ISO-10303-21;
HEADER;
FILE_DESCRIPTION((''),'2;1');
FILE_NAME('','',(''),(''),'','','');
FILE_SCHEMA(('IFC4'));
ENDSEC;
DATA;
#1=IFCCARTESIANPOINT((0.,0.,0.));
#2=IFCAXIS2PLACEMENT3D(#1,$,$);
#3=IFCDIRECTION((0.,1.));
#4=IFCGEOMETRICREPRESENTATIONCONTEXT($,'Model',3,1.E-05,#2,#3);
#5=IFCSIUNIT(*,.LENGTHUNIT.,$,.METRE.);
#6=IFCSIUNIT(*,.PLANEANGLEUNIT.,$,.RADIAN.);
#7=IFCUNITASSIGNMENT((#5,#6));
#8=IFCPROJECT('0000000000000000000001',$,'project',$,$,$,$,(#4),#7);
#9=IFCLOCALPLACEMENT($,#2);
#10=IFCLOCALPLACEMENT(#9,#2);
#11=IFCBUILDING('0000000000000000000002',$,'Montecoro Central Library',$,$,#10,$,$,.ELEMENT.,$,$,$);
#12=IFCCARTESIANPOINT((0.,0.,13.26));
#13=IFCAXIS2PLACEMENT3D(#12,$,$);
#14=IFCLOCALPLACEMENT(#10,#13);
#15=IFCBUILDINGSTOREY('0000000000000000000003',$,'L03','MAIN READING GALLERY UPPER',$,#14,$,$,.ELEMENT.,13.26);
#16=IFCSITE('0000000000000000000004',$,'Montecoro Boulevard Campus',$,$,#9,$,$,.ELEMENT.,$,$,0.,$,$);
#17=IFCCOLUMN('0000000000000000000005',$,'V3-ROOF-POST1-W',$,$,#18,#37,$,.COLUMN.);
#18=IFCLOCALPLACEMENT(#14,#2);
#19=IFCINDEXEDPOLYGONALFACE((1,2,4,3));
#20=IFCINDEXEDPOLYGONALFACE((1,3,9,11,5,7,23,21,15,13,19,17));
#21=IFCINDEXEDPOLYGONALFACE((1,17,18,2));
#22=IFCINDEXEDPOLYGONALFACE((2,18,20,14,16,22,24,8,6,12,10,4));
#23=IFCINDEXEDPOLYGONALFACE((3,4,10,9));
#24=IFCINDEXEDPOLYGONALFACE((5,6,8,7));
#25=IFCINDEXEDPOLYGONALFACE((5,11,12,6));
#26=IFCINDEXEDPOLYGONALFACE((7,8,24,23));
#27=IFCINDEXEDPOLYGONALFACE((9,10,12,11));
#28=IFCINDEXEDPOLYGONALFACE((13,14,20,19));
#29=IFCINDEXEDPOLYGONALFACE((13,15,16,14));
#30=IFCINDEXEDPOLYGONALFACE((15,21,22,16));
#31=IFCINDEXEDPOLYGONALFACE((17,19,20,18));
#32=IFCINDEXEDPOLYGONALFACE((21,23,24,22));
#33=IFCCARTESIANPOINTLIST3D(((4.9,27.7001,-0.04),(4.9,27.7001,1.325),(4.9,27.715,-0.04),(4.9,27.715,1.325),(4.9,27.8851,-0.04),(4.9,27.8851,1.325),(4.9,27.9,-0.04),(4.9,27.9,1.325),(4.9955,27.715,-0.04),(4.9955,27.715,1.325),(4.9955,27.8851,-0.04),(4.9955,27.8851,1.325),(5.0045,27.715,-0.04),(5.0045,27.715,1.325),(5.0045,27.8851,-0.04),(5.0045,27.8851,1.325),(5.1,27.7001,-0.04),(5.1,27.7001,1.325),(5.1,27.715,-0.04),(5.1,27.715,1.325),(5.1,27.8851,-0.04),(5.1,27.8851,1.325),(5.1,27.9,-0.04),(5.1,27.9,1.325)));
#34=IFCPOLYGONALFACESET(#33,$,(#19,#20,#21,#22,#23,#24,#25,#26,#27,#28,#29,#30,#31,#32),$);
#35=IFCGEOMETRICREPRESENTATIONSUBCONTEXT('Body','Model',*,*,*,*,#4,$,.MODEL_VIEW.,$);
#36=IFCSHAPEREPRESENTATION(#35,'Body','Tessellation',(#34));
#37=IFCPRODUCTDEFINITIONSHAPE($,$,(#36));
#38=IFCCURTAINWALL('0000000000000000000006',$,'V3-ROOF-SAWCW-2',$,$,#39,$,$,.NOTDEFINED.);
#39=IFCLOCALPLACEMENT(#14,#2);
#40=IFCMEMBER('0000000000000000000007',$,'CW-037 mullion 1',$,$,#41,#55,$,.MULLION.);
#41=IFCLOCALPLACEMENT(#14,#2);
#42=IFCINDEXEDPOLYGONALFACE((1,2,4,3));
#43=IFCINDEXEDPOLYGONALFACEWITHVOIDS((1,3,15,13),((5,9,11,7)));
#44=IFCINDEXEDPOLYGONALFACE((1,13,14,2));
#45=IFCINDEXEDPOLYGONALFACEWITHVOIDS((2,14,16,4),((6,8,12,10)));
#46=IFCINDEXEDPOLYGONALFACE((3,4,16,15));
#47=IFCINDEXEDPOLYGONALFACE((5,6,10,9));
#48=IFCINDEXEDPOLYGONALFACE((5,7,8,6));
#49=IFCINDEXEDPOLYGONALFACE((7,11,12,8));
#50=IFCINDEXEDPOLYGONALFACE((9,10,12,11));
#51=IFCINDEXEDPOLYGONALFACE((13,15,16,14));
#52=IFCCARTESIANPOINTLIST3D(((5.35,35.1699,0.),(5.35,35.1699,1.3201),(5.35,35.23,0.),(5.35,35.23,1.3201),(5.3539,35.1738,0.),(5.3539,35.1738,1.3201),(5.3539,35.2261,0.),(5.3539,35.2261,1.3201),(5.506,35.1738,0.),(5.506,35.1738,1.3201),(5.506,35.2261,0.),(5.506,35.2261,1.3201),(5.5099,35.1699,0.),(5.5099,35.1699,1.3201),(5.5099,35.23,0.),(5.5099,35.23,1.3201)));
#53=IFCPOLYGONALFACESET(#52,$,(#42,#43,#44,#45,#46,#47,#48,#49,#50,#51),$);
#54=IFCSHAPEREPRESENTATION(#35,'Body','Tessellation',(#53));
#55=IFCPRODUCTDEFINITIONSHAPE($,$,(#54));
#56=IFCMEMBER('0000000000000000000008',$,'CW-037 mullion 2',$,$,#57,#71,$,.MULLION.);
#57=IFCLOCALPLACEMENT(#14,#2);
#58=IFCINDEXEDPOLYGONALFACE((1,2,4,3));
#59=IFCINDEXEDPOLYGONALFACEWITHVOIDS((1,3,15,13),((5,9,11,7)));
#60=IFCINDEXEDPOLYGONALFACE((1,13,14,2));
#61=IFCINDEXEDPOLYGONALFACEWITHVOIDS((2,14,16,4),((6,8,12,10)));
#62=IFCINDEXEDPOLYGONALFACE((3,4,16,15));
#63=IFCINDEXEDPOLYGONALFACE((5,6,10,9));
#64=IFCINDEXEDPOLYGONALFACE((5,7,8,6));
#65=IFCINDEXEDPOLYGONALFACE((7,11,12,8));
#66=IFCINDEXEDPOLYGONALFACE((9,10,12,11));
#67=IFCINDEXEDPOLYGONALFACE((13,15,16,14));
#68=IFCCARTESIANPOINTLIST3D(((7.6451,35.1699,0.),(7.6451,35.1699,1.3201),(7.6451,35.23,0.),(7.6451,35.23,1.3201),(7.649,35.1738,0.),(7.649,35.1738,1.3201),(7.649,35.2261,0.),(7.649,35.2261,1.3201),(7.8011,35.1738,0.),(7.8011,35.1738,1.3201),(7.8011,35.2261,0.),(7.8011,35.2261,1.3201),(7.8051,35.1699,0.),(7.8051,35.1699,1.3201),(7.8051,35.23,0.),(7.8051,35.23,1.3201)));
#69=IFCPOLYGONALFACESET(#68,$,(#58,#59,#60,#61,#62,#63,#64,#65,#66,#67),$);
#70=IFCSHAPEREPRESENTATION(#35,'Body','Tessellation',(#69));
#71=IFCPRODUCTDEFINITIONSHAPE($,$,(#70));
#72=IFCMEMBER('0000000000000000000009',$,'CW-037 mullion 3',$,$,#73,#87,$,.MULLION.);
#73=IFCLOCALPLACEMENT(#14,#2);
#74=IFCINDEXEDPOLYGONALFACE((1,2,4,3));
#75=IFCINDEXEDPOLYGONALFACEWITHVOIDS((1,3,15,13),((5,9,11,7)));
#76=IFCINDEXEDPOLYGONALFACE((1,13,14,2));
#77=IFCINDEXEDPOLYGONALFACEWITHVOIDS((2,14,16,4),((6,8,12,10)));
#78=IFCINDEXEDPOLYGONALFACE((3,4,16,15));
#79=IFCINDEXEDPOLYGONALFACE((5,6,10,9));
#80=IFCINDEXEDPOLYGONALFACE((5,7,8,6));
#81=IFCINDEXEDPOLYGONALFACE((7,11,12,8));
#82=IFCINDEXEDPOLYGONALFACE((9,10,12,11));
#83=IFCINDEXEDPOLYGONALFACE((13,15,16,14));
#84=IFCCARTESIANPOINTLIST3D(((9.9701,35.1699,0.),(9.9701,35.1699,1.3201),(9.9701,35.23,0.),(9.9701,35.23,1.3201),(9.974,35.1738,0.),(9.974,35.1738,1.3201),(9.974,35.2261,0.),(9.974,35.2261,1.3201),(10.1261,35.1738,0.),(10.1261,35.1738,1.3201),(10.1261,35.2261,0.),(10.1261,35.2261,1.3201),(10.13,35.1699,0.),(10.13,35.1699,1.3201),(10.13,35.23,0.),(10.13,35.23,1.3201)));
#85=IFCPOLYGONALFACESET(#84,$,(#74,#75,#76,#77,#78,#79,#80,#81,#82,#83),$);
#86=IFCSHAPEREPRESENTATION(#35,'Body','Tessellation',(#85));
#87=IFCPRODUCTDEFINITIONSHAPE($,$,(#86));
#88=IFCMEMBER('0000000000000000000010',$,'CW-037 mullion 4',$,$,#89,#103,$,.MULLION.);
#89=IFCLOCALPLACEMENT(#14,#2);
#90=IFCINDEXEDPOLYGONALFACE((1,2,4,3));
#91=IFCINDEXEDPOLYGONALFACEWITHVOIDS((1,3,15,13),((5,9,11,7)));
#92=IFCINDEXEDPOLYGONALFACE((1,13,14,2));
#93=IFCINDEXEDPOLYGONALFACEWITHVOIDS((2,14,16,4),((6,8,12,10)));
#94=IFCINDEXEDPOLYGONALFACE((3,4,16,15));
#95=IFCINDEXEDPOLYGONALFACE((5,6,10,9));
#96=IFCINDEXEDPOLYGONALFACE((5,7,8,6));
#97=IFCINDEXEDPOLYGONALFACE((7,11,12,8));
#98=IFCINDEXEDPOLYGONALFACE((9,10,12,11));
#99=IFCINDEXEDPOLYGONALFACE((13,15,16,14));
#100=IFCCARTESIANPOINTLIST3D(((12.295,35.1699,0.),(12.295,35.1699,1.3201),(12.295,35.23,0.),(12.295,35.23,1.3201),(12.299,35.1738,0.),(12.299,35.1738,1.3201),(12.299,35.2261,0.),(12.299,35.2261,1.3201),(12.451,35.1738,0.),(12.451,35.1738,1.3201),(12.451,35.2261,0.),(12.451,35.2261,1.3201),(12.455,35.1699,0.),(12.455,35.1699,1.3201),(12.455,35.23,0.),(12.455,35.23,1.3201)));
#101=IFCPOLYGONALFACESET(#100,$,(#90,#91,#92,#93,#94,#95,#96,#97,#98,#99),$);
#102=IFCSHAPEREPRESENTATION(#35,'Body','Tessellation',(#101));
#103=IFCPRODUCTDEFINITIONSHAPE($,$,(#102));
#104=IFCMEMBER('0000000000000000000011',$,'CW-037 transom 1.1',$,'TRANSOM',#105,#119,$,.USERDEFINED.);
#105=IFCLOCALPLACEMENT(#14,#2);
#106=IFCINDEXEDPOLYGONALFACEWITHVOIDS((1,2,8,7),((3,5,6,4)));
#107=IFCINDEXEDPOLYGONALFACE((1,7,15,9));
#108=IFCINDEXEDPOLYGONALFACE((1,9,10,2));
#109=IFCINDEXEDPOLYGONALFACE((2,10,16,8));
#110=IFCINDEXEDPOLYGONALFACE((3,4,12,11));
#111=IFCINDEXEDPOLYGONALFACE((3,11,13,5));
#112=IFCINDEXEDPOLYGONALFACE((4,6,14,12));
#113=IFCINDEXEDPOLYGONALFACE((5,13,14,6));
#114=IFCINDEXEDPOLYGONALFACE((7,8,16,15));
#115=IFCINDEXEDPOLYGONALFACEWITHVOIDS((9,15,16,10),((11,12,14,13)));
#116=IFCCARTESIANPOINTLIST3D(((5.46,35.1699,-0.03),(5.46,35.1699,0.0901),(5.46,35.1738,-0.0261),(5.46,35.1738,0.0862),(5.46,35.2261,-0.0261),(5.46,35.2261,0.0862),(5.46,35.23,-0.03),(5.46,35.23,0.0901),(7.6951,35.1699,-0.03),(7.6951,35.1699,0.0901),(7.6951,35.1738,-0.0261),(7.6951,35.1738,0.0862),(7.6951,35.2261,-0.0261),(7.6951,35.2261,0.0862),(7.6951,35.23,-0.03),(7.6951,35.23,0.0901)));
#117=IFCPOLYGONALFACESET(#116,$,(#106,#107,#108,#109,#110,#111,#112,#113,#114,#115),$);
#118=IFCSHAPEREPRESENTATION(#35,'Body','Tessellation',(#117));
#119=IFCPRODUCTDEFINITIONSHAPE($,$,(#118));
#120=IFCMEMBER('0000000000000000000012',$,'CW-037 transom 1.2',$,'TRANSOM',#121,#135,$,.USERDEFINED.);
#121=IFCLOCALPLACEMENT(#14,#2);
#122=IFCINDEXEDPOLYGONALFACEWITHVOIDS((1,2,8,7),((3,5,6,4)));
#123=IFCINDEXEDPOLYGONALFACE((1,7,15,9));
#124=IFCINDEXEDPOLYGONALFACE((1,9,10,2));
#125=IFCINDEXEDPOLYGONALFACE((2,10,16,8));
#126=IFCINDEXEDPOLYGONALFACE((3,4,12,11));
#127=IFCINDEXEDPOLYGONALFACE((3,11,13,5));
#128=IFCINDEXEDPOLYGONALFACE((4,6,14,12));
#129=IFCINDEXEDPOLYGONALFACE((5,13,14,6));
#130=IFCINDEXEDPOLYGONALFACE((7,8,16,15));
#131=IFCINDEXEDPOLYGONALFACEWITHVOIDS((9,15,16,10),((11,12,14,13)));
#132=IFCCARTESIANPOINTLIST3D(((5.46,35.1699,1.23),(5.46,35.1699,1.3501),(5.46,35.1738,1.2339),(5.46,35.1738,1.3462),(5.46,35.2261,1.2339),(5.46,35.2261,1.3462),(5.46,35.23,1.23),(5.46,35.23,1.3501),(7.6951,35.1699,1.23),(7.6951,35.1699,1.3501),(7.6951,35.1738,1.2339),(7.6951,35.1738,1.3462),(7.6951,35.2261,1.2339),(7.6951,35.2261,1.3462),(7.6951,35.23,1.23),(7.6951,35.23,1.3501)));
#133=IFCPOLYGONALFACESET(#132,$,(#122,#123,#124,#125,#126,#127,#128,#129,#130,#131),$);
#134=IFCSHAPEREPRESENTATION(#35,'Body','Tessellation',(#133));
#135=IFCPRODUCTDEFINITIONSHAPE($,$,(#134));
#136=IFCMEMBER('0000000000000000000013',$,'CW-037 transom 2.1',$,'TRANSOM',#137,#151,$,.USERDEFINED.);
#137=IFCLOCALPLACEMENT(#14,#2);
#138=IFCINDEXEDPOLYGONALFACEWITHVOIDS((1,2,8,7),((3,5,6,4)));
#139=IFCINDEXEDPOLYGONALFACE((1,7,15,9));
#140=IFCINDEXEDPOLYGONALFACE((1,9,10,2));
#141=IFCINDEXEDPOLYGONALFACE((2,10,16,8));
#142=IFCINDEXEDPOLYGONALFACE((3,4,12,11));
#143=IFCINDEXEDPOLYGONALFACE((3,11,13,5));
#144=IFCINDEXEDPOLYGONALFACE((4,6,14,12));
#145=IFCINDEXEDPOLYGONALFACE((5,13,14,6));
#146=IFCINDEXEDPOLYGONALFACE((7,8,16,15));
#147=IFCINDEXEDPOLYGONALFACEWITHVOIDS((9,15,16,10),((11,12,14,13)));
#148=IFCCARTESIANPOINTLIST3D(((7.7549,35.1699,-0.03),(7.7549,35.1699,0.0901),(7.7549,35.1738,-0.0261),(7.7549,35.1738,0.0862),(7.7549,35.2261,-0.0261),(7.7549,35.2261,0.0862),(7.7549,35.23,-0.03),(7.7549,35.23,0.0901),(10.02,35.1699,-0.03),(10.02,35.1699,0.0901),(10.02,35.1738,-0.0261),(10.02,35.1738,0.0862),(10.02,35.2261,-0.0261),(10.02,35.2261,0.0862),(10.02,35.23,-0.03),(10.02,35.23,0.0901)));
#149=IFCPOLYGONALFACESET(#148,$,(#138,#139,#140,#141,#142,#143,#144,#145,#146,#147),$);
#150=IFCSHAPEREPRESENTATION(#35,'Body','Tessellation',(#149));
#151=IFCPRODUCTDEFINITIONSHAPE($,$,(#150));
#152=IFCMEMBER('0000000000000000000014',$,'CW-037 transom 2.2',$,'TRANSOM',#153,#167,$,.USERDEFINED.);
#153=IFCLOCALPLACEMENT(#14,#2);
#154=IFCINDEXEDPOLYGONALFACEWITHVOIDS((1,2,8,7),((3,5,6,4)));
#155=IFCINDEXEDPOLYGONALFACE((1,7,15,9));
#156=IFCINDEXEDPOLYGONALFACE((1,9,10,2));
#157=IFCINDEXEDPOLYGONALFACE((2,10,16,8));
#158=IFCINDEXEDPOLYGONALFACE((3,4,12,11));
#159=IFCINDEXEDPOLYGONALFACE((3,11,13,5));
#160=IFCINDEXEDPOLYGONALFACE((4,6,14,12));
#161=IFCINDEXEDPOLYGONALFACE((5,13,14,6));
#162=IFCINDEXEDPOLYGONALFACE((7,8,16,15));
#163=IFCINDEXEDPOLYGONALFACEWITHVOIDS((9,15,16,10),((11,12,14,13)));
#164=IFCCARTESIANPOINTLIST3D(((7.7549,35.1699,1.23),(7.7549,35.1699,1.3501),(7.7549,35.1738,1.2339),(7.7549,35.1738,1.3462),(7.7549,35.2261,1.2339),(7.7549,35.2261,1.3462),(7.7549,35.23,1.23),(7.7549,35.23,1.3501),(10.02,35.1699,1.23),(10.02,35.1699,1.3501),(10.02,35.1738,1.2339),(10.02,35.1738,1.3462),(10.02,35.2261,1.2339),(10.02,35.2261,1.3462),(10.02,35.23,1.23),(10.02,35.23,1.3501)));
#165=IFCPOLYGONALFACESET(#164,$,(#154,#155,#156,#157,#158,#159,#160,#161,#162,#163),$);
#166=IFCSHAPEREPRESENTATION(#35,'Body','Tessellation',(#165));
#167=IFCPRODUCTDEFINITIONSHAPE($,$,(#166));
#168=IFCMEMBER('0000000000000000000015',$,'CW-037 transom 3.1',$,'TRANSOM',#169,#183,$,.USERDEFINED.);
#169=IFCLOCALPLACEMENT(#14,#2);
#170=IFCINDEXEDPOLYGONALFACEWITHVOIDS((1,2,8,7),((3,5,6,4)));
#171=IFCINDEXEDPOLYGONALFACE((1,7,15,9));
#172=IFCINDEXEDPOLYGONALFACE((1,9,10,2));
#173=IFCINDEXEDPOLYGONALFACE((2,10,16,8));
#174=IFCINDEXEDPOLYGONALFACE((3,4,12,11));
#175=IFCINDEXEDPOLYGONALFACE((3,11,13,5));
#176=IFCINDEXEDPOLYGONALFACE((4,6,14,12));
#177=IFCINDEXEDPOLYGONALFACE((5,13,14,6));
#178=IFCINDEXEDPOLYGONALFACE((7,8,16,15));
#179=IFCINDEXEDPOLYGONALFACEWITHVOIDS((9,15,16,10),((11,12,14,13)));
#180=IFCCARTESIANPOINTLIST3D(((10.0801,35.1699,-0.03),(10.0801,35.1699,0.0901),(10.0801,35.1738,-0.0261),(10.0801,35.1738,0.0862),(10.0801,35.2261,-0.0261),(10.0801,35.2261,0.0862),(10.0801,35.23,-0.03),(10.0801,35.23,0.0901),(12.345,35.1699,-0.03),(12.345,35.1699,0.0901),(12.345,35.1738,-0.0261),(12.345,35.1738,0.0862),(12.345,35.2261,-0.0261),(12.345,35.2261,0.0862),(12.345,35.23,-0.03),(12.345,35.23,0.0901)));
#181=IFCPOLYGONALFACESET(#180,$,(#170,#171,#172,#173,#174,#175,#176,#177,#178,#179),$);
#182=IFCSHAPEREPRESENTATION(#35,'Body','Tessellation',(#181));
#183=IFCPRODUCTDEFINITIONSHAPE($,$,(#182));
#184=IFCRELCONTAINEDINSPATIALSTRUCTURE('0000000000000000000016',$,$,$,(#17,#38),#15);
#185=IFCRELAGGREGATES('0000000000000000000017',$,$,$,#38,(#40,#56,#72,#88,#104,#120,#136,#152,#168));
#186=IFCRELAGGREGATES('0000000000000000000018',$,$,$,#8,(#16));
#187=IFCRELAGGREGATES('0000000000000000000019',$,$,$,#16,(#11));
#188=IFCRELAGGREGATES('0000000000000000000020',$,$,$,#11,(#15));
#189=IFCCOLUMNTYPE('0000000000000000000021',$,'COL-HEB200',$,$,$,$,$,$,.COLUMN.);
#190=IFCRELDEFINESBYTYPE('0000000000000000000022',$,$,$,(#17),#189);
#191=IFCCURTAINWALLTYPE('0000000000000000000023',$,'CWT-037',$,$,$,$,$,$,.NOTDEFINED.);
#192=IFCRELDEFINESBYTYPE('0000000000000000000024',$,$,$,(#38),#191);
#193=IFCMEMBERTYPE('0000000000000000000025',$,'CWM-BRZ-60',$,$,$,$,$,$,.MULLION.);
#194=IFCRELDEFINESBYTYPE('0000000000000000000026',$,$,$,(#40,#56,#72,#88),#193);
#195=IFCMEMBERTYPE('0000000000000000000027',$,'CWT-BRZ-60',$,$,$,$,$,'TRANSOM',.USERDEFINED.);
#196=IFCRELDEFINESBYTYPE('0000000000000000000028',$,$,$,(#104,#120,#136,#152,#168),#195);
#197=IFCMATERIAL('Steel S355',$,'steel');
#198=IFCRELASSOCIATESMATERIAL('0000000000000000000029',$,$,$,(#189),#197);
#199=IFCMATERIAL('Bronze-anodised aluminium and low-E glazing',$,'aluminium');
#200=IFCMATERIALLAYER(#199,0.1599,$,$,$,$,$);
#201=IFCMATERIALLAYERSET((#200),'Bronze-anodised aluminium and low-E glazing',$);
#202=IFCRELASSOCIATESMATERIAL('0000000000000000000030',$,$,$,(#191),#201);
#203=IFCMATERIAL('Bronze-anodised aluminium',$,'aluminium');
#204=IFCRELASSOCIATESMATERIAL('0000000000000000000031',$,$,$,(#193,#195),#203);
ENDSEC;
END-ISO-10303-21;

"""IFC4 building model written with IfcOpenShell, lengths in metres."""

from ifc_helpers import new_model, si_unit, direction, frame, origin, origin_2d, place, context, subcontext, project, spatial, hollow_rectangle, i_section, extrude, material, layer, layer_set, material_profile, profile_set, type_object, element, aggregate, save


model = new_model("IFC4")

# Units and contexts
model_context = context("Model", 3, precision=1e-05, world=origin(), true_north=direction((0.0, 1.0)))
body_context = subcontext(model_context, "Body", "Model", "MODEL_VIEW")
ifc_project = project(units=[si_unit("LENGTHUNIT", "METRE"), si_unit("PLANEANGLEUNIT", "RADIAN")], contexts=[model_context])

# Site, building, storey
site_placement = place(None, origin())
site = spatial("IfcSite", under=ifc_project, at=site_placement, Name="Montecoro Boulevard Campus", CompositionType="ELEMENT", RefElevation=0.0)
building_placement = place(site_placement, origin())
building = spatial("IfcBuilding", under=site, at=building_placement, Name="Montecoro Central Library", CompositionType="ELEMENT")
storey_placement = place(building_placement, frame((0.0, 0.0, 13.26)))
storey = spatial("IfcBuildingStorey", under=building, at=storey_placement, Name="L03", Description="MAIN READING GALLERY UPPER", CompositionType="ELEMENT", Elevation=13.26)

# Column
ifc_material_1 = material(Name="Steel S355", Category="steel")
ifc_material_profile_1 = material_profile(ifc_material_1, i_section(OverallWidth=0.2, OverallDepth=0.2, WebThickness=0.009, FlangeThickness=0.0149, at=origin_2d()), Name="HEB 200")
ifc_profile_set_1 = profile_set([ifc_material_profile_1], Name="Steel S355")
column_type = type_object("IfcColumnType", Name="COL-HEB200", PredefinedType="COLUMN", material=ifc_profile_set_1)
column_placement = place(storey_placement, frame((5.0, 27.8, -0.04), z_axis=(0.0, 0.0, 1.0), x_axis=(1.0, 0.0, 0.0)))
element("IfcColumn", 1, at=column_placement, inside=storey, type_object=column_type, Name="V3-ROOF-POST1-W", PredefinedType="COLUMN", context=body_context, shape_type="SweptSolid", body=[
    extrude(i_section(OverallWidth=0.2, OverallDepth=0.2, WebThickness=0.009, FlangeThickness=0.0149, at=origin_2d()), origin(), (0.0, 0.0, 1.0), 1.365),
])

# Curtain wall, members
ifc_material_2 = material(Name="Bronze-anodised aluminium and low-E glazing", Category="aluminium")
ifc_layer_1 = layer(ifc_material_2, 0.1599)
ifc_layer_set_1 = layer_set([ifc_layer_1], Name="Bronze-anodised aluminium and low-E glazing")
curtain_wall_type = type_object("IfcCurtainWallType", Name="CWT-037", PredefinedType="NOTDEFINED", material=ifc_layer_set_1)
curtain_wall_placement = place(storey_placement, origin())
curtain_wall = element("IfcCurtainWall", 2, at=curtain_wall_placement, inside=storey, type_object=curtain_wall_type, Name="V3-ROOF-SAWCW-2", PredefinedType="NOTDEFINED")
ifc_material_3 = material(Name="Bronze-anodised aluminium", Category="aluminium")
ifc_material_profile_2 = material_profile(ifc_material_3, hollow_rectangle(XDim=0.0601, YDim=0.1599, WallThickness=0.0039, at=origin_2d()), Name="CWM 160x60x4.0")
ifc_profile_set_2 = profile_set([ifc_material_profile_2], Name="Bronze-anodised aluminium")
member_type_1 = type_object("IfcMemberType", Name="CWM-BRZ-60", PredefinedType="MULLION", material=ifc_profile_set_2)
member_1_placement = place(storey_placement, frame((5.4299, 35.2, 0.0), z_axis=(0.0, 0.0, 1.0), x_axis=(0.0, 1.0, 0.0)))
member_1 = element("IfcMember", 3, at=member_1_placement, type_object=member_type_1, Name="CW-037 mullion 1", PredefinedType="MULLION", context=body_context, shape_type="SweptSolid", body=[
    extrude(hollow_rectangle(XDim=0.0601, YDim=0.1599, WallThickness=0.0039, at=origin_2d()), origin(), (0.0, 0.0, 1.0), 1.3201),
])
member_2_placement = place(storey_placement, frame((7.7251, 35.2, 0.0), z_axis=(0.0, 0.0, 1.0), x_axis=(0.0, 1.0, 0.0)))
member_2 = element("IfcMember", 4, at=member_2_placement, type_object=member_type_1, Name="CW-037 mullion 2", PredefinedType="MULLION", context=body_context, shape_type="SweptSolid", body=[
    extrude(hollow_rectangle(XDim=0.0601, YDim=0.1599, WallThickness=0.0039, at=origin_2d()), origin(), (0.0, 0.0, 1.0), 1.3201),
])
member_3_placement = place(storey_placement, frame((10.05, 35.2, 0.0), z_axis=(0.0, 0.0, 1.0), x_axis=(0.0, 1.0, 0.0)))
member_3 = element("IfcMember", 5, at=member_3_placement, type_object=member_type_1, Name="CW-037 mullion 3", PredefinedType="MULLION", context=body_context, shape_type="SweptSolid", body=[
    extrude(hollow_rectangle(XDim=0.0601, YDim=0.1599, WallThickness=0.0039, at=origin_2d()), origin(), (0.0, 0.0, 1.0), 1.3201),
])
member_4_placement = place(storey_placement, frame((12.375, 35.2, 0.0), z_axis=(0.0, 0.0, 1.0), x_axis=(0.0, 1.0, 0.0)))
member_4 = element("IfcMember", 6, at=member_4_placement, type_object=member_type_1, Name="CW-037 mullion 4", PredefinedType="MULLION", context=body_context, shape_type="SweptSolid", body=[
    extrude(hollow_rectangle(XDim=0.0601, YDim=0.1599, WallThickness=0.0039, at=origin_2d()), origin(), (0.0, 0.0, 1.0), 1.3201),
])
ifc_material_profile_3 = material_profile(ifc_material_3, hollow_rectangle(XDim=0.0601, YDim=0.1201, WallThickness=0.0039, at=origin_2d()), Name="CWT 120x60x4.0")
ifc_profile_set_3 = profile_set([ifc_material_profile_3], Name="Bronze-anodised aluminium")
member_type_2 = type_object("IfcMemberType", Name="CWT-BRZ-60", ElementType="TRANSOM", PredefinedType="USERDEFINED", material=ifc_profile_set_3)
member_5_placement = place(storey_placement, frame((5.46, 35.2, 0.03), z_axis=(1.0, 0.0, 0.0), x_axis=(0.0, 1.0, 0.0)))
member_5 = element("IfcMember", 7, at=member_5_placement, type_object=member_type_2, Name="CW-037 transom 1.1", ObjectType="TRANSOM", PredefinedType="USERDEFINED", context=body_context, shape_type="SweptSolid", body=[
    extrude(hollow_rectangle(XDim=0.0601, YDim=0.1201, WallThickness=0.0039, at=origin_2d()), origin(), (0.0, 0.0, 1.0), 2.2351),
])
member_6_placement = place(storey_placement, frame((5.46, 35.2, 1.29), z_axis=(1.0, 0.0, 0.0), x_axis=(0.0, 1.0, 0.0)))
member_6 = element("IfcMember", 8, at=member_6_placement, type_object=member_type_2, Name="CW-037 transom 1.2", ObjectType="TRANSOM", PredefinedType="USERDEFINED", context=body_context, shape_type="SweptSolid", body=[
    extrude(hollow_rectangle(XDim=0.0601, YDim=0.1201, WallThickness=0.0039, at=origin_2d()), origin(), (0.0, 0.0, 1.0), 2.2351),
])
member_7_placement = place(storey_placement, frame((7.7549, 35.2, 0.03), z_axis=(1.0, 0.0, 0.0), x_axis=(0.0, 1.0, 0.0)))
member_7 = element("IfcMember", 9, at=member_7_placement, type_object=member_type_2, Name="CW-037 transom 2.1", ObjectType="TRANSOM", PredefinedType="USERDEFINED", context=body_context, shape_type="SweptSolid", body=[
    extrude(hollow_rectangle(XDim=0.0601, YDim=0.1201, WallThickness=0.0039, at=origin_2d()), origin(), (0.0, 0.0, 1.0), 2.2651),
])
member_8_placement = place(storey_placement, frame((7.7549, 35.2, 1.29), z_axis=(1.0, 0.0, 0.0), x_axis=(0.0, 1.0, 0.0)))
member_8 = element("IfcMember", 10, at=member_8_placement, type_object=member_type_2, Name="CW-037 transom 2.2", ObjectType="TRANSOM", PredefinedType="USERDEFINED", context=body_context, shape_type="SweptSolid", body=[
    extrude(hollow_rectangle(XDim=0.0601, YDim=0.1201, WallThickness=0.0039, at=origin_2d()), origin(), (0.0, 0.0, 1.0), 2.2651),
])
member_9_placement = place(storey_placement, frame((10.0801, 35.2, 0.03), z_axis=(1.0, 0.0, 0.0), x_axis=(0.0, 1.0, 0.0)))
member_9 = element("IfcMember", 11, at=member_9_placement, type_object=member_type_2, Name="CW-037 transom 3.1", ObjectType="TRANSOM", PredefinedType="USERDEFINED", context=body_context, shape_type="SweptSolid", body=[
    extrude(hollow_rectangle(XDim=0.0601, YDim=0.1201, WallThickness=0.0039, at=origin_2d()), origin(), (0.0, 0.0, 1.0), 2.2649),
])

aggregate(curtain_wall, [member_1, member_2, member_3, member_4, member_5, member_6, member_7, member_8, member_9])

save(model, "model.ifc")
